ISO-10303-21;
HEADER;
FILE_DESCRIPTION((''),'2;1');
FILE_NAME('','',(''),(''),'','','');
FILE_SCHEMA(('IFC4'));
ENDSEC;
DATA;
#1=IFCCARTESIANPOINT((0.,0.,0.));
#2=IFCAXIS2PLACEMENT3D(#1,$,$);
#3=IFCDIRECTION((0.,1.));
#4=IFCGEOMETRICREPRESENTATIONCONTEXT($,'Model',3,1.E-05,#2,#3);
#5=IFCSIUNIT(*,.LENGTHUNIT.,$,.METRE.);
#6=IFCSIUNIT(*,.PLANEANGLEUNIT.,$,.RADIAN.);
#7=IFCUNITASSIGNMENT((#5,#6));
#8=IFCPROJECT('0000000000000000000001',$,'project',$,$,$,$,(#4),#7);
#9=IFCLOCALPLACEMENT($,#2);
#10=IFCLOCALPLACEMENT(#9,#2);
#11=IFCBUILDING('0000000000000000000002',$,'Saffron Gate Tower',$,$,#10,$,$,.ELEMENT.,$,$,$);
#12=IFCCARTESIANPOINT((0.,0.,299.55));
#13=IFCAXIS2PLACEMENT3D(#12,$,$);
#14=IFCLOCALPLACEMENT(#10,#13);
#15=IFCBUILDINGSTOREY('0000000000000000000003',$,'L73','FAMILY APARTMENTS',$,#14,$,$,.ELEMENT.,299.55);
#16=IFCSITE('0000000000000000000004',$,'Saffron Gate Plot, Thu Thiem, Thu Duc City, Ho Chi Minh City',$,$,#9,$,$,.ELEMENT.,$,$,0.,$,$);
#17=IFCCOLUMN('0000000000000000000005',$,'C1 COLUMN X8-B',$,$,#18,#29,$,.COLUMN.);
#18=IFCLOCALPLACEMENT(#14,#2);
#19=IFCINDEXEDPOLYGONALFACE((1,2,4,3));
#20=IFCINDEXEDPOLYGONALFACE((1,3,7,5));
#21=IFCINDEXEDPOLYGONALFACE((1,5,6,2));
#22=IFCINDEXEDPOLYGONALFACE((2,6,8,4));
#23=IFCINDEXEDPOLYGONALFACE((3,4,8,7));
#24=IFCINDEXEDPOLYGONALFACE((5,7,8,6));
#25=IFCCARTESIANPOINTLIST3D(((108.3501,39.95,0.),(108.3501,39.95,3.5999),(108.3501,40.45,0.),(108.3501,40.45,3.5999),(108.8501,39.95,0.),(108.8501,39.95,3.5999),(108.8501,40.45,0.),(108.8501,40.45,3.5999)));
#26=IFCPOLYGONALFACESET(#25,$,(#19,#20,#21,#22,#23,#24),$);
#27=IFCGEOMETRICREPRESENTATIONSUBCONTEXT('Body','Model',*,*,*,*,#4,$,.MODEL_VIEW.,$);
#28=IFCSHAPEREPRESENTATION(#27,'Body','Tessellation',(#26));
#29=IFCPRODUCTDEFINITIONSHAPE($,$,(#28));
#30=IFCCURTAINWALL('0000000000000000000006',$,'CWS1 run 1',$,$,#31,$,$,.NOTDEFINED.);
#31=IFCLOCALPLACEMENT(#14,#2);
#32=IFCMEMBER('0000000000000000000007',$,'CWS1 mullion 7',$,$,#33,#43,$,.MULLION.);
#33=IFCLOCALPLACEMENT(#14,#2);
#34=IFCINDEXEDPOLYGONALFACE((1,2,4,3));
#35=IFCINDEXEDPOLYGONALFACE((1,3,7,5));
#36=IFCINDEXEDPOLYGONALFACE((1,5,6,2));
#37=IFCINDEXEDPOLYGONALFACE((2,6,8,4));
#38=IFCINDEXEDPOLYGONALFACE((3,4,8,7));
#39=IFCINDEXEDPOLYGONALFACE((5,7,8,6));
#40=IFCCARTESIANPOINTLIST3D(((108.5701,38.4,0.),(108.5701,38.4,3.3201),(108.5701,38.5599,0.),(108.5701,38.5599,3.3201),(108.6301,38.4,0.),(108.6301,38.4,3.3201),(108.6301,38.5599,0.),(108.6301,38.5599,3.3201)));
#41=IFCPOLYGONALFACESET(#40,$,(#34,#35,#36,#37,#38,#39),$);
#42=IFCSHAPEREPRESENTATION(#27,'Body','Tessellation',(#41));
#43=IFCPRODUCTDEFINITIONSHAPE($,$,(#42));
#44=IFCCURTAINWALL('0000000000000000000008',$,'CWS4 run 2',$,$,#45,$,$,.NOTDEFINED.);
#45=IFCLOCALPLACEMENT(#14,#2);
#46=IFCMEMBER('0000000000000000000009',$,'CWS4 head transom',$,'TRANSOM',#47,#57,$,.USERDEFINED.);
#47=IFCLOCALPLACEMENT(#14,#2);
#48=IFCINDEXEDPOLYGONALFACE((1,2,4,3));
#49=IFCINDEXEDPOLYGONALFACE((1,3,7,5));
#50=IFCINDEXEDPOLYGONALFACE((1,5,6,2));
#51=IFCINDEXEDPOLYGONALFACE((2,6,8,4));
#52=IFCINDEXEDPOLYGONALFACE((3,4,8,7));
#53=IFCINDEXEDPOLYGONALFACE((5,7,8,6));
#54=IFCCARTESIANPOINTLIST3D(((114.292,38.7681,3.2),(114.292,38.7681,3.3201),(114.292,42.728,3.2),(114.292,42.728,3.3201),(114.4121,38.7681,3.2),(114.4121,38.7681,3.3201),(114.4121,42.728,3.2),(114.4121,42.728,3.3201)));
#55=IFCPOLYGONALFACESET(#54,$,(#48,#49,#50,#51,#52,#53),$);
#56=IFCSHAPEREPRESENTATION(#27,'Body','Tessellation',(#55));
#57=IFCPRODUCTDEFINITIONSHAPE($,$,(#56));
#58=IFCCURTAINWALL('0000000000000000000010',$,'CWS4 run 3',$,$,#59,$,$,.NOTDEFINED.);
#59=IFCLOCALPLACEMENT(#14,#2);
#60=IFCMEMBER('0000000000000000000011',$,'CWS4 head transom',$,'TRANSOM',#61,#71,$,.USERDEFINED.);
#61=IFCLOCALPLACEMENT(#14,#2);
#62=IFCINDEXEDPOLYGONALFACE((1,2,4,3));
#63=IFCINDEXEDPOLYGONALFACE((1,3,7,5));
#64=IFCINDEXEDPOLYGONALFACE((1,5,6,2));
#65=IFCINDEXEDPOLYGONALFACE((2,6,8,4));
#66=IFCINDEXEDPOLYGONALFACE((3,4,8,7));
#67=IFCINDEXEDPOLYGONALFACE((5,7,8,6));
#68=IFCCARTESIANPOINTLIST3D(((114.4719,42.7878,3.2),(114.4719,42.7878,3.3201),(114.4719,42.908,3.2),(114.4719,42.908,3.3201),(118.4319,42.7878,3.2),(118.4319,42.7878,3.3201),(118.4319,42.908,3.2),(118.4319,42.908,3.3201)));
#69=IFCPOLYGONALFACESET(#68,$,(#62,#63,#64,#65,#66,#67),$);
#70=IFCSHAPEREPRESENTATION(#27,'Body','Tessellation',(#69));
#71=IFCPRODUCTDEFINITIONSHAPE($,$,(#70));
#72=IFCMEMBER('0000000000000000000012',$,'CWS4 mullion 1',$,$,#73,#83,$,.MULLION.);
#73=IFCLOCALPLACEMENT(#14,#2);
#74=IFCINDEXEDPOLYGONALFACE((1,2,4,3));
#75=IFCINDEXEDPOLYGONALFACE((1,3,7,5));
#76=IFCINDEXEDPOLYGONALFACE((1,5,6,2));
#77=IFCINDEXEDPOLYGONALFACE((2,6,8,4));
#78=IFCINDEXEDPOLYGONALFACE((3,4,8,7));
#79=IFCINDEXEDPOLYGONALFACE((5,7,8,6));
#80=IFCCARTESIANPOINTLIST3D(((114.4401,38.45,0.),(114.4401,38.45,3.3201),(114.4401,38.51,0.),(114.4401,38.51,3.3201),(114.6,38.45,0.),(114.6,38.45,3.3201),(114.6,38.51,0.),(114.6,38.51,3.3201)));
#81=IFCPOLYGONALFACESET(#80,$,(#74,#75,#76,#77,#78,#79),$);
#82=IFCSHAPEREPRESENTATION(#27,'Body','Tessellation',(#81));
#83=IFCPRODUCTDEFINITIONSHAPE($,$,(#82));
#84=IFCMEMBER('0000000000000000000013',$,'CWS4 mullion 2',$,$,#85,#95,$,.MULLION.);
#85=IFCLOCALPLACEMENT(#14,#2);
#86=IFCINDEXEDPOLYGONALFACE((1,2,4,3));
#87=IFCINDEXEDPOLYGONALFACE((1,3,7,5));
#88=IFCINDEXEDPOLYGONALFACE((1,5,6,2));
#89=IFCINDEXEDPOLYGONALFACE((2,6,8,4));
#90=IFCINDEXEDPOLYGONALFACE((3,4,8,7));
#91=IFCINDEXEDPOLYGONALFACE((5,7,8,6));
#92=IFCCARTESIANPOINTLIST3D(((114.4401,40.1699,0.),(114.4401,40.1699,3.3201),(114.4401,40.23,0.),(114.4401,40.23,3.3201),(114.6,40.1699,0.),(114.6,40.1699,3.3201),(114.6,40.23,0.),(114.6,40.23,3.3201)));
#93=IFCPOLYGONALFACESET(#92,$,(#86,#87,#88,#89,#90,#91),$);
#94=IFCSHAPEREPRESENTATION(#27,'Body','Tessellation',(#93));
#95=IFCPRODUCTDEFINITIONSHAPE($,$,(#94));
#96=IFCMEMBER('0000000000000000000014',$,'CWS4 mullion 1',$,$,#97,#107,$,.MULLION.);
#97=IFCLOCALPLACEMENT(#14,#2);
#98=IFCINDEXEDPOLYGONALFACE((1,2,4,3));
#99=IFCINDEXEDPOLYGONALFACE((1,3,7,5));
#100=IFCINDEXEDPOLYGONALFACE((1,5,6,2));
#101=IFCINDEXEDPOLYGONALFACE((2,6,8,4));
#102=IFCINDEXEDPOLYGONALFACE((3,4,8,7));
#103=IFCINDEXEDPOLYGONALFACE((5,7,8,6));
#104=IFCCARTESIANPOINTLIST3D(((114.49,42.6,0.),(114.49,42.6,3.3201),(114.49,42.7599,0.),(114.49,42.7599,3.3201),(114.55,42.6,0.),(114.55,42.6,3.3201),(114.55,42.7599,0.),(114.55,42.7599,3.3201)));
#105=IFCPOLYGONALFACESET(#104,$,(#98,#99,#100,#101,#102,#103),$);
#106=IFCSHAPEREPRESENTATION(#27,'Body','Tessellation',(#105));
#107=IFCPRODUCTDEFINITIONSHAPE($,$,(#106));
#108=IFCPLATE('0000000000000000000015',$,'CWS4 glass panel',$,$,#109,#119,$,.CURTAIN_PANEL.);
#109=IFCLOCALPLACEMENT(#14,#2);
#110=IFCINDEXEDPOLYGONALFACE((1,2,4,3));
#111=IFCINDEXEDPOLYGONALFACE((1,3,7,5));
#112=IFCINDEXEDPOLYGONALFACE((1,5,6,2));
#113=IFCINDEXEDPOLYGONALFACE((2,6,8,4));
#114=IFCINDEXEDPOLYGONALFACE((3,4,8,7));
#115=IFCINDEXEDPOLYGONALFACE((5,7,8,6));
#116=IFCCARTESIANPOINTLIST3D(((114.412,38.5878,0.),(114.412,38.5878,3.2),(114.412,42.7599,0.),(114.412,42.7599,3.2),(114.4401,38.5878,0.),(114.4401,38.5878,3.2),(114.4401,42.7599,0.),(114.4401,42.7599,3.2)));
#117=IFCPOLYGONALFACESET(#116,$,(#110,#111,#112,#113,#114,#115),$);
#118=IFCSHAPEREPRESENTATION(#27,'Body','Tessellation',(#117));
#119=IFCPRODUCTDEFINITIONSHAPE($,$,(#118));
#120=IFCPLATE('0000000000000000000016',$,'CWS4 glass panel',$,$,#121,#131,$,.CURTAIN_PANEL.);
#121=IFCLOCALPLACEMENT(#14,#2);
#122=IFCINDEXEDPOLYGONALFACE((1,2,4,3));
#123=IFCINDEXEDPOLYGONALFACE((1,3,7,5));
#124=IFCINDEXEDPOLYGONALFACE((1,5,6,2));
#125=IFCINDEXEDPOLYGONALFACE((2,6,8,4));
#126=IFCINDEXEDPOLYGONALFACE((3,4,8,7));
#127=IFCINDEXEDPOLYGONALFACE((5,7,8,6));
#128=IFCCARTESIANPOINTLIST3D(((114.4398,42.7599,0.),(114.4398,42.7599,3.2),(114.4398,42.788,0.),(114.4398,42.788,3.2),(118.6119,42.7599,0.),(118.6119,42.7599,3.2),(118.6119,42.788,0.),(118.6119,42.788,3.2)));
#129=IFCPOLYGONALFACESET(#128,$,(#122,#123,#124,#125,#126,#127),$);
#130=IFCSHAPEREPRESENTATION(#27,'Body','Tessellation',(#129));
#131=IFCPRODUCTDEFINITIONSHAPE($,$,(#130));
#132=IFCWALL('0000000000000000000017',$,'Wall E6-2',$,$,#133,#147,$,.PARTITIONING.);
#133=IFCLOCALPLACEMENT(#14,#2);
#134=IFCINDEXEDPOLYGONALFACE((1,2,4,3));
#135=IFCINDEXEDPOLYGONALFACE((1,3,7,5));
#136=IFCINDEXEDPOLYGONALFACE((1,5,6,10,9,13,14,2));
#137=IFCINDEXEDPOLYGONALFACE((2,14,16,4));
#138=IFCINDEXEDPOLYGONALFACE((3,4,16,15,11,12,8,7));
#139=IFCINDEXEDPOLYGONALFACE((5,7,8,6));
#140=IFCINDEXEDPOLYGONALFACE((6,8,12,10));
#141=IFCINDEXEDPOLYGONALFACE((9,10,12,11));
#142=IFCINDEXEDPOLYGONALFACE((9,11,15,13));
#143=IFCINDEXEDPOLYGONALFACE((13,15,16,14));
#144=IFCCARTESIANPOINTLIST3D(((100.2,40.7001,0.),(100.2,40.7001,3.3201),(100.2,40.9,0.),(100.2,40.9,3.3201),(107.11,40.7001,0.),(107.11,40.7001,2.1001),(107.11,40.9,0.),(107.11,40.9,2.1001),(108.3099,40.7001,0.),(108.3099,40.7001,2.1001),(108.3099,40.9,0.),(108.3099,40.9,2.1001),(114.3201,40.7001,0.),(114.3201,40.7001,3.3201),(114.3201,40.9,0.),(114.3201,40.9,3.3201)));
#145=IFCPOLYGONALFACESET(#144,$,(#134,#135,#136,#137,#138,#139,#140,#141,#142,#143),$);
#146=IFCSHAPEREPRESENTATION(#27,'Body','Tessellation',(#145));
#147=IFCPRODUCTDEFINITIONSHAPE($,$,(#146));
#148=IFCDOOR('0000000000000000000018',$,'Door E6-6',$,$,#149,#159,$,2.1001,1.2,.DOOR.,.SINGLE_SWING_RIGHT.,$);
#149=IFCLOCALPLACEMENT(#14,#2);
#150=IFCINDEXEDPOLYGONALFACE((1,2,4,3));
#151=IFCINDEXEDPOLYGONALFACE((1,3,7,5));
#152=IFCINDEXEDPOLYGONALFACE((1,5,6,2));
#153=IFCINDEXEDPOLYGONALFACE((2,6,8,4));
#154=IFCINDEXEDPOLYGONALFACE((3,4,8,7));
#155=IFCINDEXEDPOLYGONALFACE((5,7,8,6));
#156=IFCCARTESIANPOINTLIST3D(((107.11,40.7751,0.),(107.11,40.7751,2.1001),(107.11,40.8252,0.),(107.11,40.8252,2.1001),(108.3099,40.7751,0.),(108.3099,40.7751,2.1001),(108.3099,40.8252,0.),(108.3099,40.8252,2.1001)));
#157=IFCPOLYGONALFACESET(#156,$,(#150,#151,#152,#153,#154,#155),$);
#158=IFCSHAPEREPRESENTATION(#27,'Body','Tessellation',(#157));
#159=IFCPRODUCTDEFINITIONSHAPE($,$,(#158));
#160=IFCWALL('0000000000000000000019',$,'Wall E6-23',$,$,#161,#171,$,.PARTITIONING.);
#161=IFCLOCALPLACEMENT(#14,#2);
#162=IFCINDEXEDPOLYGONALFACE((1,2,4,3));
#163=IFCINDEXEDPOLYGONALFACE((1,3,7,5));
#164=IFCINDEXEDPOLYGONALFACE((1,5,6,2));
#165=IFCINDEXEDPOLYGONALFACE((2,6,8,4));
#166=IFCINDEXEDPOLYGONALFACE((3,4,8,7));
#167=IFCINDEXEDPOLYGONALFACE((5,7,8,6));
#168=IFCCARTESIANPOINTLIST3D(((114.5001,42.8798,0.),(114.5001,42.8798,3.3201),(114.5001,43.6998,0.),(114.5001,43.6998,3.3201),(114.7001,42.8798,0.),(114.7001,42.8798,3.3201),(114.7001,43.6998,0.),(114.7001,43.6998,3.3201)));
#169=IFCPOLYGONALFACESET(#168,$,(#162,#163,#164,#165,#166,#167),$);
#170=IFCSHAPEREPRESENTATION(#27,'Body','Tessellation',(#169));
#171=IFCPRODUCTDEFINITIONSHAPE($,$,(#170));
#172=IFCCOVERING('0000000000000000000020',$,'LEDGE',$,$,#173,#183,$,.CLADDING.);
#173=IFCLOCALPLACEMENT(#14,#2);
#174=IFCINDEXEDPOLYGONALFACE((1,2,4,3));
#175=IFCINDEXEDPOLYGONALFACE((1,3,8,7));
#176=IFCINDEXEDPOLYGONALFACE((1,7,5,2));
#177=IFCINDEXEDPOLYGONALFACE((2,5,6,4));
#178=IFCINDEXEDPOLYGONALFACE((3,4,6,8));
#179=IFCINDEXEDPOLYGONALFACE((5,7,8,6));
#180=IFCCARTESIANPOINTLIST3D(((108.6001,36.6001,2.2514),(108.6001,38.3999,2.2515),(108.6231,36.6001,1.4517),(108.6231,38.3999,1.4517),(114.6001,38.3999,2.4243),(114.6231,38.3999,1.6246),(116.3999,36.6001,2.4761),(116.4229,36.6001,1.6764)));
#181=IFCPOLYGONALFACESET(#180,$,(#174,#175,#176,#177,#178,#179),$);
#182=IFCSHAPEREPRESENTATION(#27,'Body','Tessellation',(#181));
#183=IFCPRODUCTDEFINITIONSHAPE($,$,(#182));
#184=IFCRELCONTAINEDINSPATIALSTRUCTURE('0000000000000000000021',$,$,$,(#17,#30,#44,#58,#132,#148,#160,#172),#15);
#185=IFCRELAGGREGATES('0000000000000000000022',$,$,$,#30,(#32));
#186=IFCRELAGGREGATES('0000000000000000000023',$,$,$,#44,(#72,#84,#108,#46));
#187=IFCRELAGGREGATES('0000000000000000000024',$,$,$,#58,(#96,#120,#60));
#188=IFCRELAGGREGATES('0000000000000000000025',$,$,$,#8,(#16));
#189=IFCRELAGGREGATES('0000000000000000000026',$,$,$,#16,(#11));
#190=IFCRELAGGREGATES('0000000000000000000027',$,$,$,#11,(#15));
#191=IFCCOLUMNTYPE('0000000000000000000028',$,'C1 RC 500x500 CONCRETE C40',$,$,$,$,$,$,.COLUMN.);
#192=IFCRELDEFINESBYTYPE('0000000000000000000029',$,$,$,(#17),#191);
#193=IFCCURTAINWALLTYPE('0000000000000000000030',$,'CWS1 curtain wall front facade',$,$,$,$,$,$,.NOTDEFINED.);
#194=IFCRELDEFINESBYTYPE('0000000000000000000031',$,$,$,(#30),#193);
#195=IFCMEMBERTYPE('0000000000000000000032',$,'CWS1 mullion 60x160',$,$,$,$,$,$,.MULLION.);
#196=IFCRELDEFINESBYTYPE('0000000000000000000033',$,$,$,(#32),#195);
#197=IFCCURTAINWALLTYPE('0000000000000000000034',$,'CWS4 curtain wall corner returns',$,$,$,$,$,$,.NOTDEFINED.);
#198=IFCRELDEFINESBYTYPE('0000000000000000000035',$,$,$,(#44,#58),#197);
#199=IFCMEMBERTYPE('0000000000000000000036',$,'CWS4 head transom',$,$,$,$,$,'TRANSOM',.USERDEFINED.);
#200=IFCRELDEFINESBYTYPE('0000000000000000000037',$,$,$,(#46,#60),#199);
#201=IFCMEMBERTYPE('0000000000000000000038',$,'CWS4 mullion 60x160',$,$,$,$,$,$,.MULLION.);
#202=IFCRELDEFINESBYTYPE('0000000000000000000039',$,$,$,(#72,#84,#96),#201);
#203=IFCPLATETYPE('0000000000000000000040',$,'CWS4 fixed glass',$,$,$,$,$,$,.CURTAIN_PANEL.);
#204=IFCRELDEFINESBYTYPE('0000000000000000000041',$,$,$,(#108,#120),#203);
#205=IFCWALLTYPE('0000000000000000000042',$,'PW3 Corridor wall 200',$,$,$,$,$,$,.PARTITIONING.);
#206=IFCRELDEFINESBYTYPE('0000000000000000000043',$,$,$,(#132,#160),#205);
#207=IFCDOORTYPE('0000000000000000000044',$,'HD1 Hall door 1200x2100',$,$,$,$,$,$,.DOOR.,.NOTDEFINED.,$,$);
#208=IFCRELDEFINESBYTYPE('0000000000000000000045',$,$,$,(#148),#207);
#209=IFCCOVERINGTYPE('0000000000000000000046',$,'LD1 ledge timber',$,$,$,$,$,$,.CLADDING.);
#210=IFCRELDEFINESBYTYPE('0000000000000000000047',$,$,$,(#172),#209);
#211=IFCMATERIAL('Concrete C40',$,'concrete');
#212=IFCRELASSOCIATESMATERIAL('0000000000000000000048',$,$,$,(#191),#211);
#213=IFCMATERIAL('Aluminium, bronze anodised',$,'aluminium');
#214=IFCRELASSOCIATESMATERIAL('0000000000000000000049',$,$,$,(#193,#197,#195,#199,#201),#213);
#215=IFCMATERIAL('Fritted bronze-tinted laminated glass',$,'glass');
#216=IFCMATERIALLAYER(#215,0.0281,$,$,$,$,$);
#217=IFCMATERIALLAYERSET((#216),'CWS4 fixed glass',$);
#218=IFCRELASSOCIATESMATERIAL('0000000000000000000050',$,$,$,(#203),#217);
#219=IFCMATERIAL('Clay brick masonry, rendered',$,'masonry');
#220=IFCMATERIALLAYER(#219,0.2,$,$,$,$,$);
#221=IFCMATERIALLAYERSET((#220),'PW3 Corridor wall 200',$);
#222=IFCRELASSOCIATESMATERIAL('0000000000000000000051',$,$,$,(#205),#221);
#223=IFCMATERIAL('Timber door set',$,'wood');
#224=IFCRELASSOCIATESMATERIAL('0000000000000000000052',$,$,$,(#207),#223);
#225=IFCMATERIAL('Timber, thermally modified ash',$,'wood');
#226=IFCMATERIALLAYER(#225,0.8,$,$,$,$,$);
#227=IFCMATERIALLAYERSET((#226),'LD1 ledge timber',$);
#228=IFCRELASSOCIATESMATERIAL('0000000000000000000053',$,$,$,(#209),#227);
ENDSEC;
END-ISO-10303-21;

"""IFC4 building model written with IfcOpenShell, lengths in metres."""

from ifc_helpers import new_model, si_unit, direction, frame, frame_2d, origin, origin_2d, place, context, subcontext, project, spatial, polyline, rectangle, outline, extrude, material, layer, layer_set, material_profile, profile_set, type_object, element, fill, aggregate, save


model = new_model("IFC4")

# Units and contexts
model_context = context("Model", 3, precision=1e-05, world=origin(), true_north=direction((0.0, 1.0)))
body_context = subcontext(model_context, "Body", "Model", "MODEL_VIEW")
ifc_project = project(units=[si_unit("LENGTHUNIT", "METRE"), si_unit("PLANEANGLEUNIT", "RADIAN")], contexts=[model_context])

# Site, building, storey
site_placement = place(None, origin())
site = spatial("IfcSite", under=ifc_project, at=site_placement, Name="Saffron Gate Plot, Thu Thiem, Thu Duc City, Ho Chi Minh City", CompositionType="ELEMENT", RefElevation=0.0)
building_placement = place(site_placement, origin())
building = spatial("IfcBuilding", under=site, at=building_placement, Name="Saffron Gate Tower", CompositionType="ELEMENT")
storey_placement = place(building_placement, frame((0.0, 0.0, 299.55)))
storey = spatial("IfcBuildingStorey", under=building, at=storey_placement, Name="L73", Description="FAMILY APARTMENTS", CompositionType="ELEMENT", Elevation=299.55)

# Column
ifc_material_1 = material(Name="Concrete C40", Category="concrete")
ifc_material_profile_1 = material_profile(ifc_material_1, rectangle(XDim=0.5, YDim=0.5, at=origin_2d()))
ifc_profile_set_1 = profile_set([ifc_material_profile_1], Name="Concrete C40")
column_type = type_object("IfcColumnType", Name="C1 RC 500x500 CONCRETE C40", PredefinedType="COLUMN", material=ifc_profile_set_1)
column_placement = place(storey_placement, frame((108.6001, 40.2, 0.0), z_axis=(0.0, 0.0, 1.0), x_axis=(1.0, 0.0, 0.0)))
element("IfcColumn", 1, at=column_placement, inside=storey, type_object=column_type, Name="C1 COLUMN X8-B", PredefinedType="COLUMN", context=body_context, shape_type="SweptSolid", body=[
    extrude(rectangle(XDim=0.5, YDim=0.5, at=origin_2d()), origin(), (0.0, 0.0, 1.0), 3.5999),
])

# Curtain walls, members
ifc_material_2 = material(Name="Aluminium, bronze anodised", Category="aluminium")
curtain_wall_type_1 = type_object("IfcCurtainWallType", Name="CWS1 curtain wall front facade", PredefinedType="NOTDEFINED", material=ifc_material_2)
curtain_wall_1_placement = place(storey_placement, origin())
curtain_wall_1 = element("IfcCurtainWall", 2, at=curtain_wall_1_placement, inside=storey, type_object=curtain_wall_type_1, Name="CWS1 run 1", PredefinedType="NOTDEFINED")
ifc_material_profile_2 = material_profile(ifc_material_2, rectangle(XDim=0.1599, YDim=0.0601, at=origin_2d()))
ifc_profile_set_2 = profile_set([ifc_material_profile_2], Name="Aluminium, bronze anodised")
member_type_1 = type_object("IfcMemberType", Name="CWS1 mullion 60x160", PredefinedType="MULLION", material=ifc_profile_set_2)
member_1_placement = place(storey_placement, frame((108.6001, 38.48, 0.0), z_axis=(0.0, 0.0, 1.0), x_axis=(0.0, 1.0, 0.0)))
member_1 = element("IfcMember", 3, at=member_1_placement, type_object=member_type_1, Name="CWS1 mullion 7", PredefinedType="MULLION", context=body_context, shape_type="SweptSolid", body=[
    extrude(rectangle(XDim=0.1599, YDim=0.0601, at=origin_2d()), origin(), (0.0, 0.0, 1.0), 3.3201),
])
aggregate(curtain_wall_1, [member_1])
curtain_wall_type_2 = type_object("IfcCurtainWallType", Name="CWS4 curtain wall corner returns", PredefinedType="NOTDEFINED", material=ifc_material_2)
curtain_wall_2_placement = place(storey_placement, origin())
curtain_wall_2 = element("IfcCurtainWall", 4, at=curtain_wall_2_placement, inside=storey, type_object=curtain_wall_type_2, Name="CWS4 run 2", PredefinedType="NOTDEFINED")
ifc_material_profile_3 = material_profile(ifc_material_2, rectangle(XDim=0.1201, YDim=0.1201, at=origin_2d()))
ifc_profile_set_3 = profile_set([ifc_material_profile_3], Name="Aluminium, bronze anodised")
member_type_2 = type_object("IfcMemberType", Name="CWS4 head transom", ElementType="TRANSOM", PredefinedType="USERDEFINED", material=ifc_profile_set_3)
member_2_placement = place(storey_placement, frame((114.3521, 38.7681, 3.26), z_axis=(0.0, 1.0, 0.0), x_axis=(-1.0, 0.0, 0.0)))
member_2 = element("IfcMember", 5, at=member_2_placement, type_object=member_type_2, Name="CWS4 head transom", ObjectType="TRANSOM", PredefinedType="USERDEFINED", context=body_context, shape_type="SweptSolid", body=[
    extrude(rectangle(XDim=0.1201, YDim=0.1201, at=origin_2d()), origin(), (0.0, 0.0, 1.0), 3.96),
])
curtain_wall_3_placement = place(storey_placement, origin())
curtain_wall_3 = element("IfcCurtainWall", 6, at=curtain_wall_3_placement, inside=storey, type_object=curtain_wall_type_2, Name="CWS4 run 3", PredefinedType="NOTDEFINED")
member_3_placement = place(storey_placement, frame((114.4719, 42.8479, 3.26), z_axis=(1.0, 0.0, 0.0), x_axis=(0.0, 1.0, 0.0)))
member_3 = element("IfcMember", 7, at=member_3_placement, type_object=member_type_2, Name="CWS4 head transom", ObjectType="TRANSOM", PredefinedType="USERDEFINED", context=body_context, shape_type="SweptSolid", body=[
    extrude(rectangle(XDim=0.1201, YDim=0.1201, at=origin_2d()), origin(), (0.0, 0.0, 1.0), 3.96),
])

# Members
ifc_material_profile_4 = material_profile(ifc_material_2, rectangle(XDim=0.1599, YDim=0.0601, at=origin_2d()))
ifc_profile_set_4 = profile_set([ifc_material_profile_4], Name="Aluminium, bronze anodised")
member_type_3 = type_object("IfcMemberType", Name="CWS4 mullion 60x160", PredefinedType="MULLION", material=ifc_profile_set_4)
member_4_placement = place(storey_placement, frame((114.52, 38.48, 0.0), z_axis=(0.0, 0.0, 1.0), x_axis=(-1.0, 0.0, 0.0)))
member_4 = element("IfcMember", 8, at=member_4_placement, type_object=member_type_3, Name="CWS4 mullion 1", PredefinedType="MULLION", context=body_context, shape_type="SweptSolid", body=[
    extrude(rectangle(XDim=0.1599, YDim=0.0601, at=origin_2d()), origin(), (0.0, 0.0, 1.0), 3.3201),
])
member_5_placement = place(storey_placement, frame((114.52, 40.2, 0.0), z_axis=(0.0, 0.0, 1.0), x_axis=(-1.0, 0.0, 0.0)))
member_5 = element("IfcMember", 9, at=member_5_placement, type_object=member_type_3, Name="CWS4 mullion 2", PredefinedType="MULLION", context=body_context, shape_type="SweptSolid", body=[
    extrude(rectangle(XDim=0.1599, YDim=0.0601, at=origin_2d()), origin(), (0.0, 0.0, 1.0), 3.3201),
])
member_6_placement = place(storey_placement, frame((114.52, 42.6799, 0.0), z_axis=(0.0, 0.0, 1.0), x_axis=(0.0, 1.0, 0.0)))
member_6 = element("IfcMember", 10, at=member_6_placement, type_object=member_type_3, Name="CWS4 mullion 1", PredefinedType="MULLION", context=body_context, shape_type="SweptSolid", body=[
    extrude(rectangle(XDim=0.1599, YDim=0.0601, at=origin_2d()), origin(), (0.0, 0.0, 1.0), 3.3201),
])

# Plates
ifc_material_3 = material(Name="Fritted bronze-tinted laminated glass", Category="glass")
ifc_layer_1 = layer(ifc_material_3, 0.0281)
ifc_layer_set_1 = layer_set([ifc_layer_1], Name="CWS4 fixed glass")
plate_type = type_object("IfcPlateType", Name="CWS4 fixed glass", PredefinedType="CURTAIN_PANEL", material=ifc_layer_set_1)
plate_1_placement = place(storey_placement, frame((114.426, 38.5879, 0.0), z_axis=(0.0, 0.0, 1.0), x_axis=(0.0, 1.0, 0.0)))
plate_1 = element("IfcPlate", 11, at=plate_1_placement, type_object=plate_type, Name="CWS4 glass panel", PredefinedType="CURTAIN_PANEL", context=body_context, shape_type="SweptSolid", body=[
    extrude(rectangle(XDim=4.1721, YDim=0.0281, at=frame_2d((2.0859, 0.0))), origin(), (0.0, 0.0, 1.0), 3.2),
])
aggregate(curtain_wall_2, [member_4, member_5, plate_1, member_2])
plate_2_placement = place(storey_placement, frame((114.4399, 42.7739, 0.0), z_axis=(0.0, 0.0, 1.0), x_axis=(1.0, 0.0, 0.0)))
plate_2 = element("IfcPlate", 12, at=plate_2_placement, type_object=plate_type, Name="CWS4 glass panel", PredefinedType="CURTAIN_PANEL", context=body_context, shape_type="SweptSolid", body=[
    extrude(rectangle(XDim=4.1721, YDim=0.0281, at=frame_2d((2.0859, 0.0))), origin(), (0.0, 0.0, 1.0), 3.2),
])
aggregate(curtain_wall_3, [member_6, plate_2, member_3])

# Wall, opening, door
ifc_material_4 = material(Name="Clay brick masonry, rendered", Category="masonry")
ifc_layer_2 = layer(ifc_material_4, 0.2)
ifc_layer_set_2 = layer_set([ifc_layer_2], Name="PW3 Corridor wall 200")
wall_type = type_object("IfcWallType", Name="PW3 Corridor wall 200", PredefinedType="PARTITIONING", material=ifc_layer_set_2)
wall_1_placement = place(storey_placement, frame((114.3201, 40.8, 0.0), z_axis=(0.0, 0.0, 1.0), x_axis=(-1.0, 0.0, 0.0)))
wall_1 = element("IfcWall", 13, at=wall_1_placement, inside=storey, type_object=wall_type, Name="Wall E6-2", PredefinedType="PARTITIONING", context=body_context, shape_type="SweptSolid", body=[
    extrude(rectangle(XDim=14.1201, YDim=0.2, at=frame_2d((7.0601, 0.0))), origin(), (0.0, 0.0, 1.0), 3.3201),
])
opening_placement = place(wall_1_placement, frame((6.01, 0.0, 0.0)))
opening = element("IfcOpeningElement", 14, at=opening_placement, cuts=wall_1, PredefinedType="OPENING", context=body_context, shape_type="SweptSolid", body=[
    extrude(rectangle(XDim=1.2, YDim=2.1001, at=frame_2d((0.6001, 1.05))), frame((0.0, 0.1099, 0.0), z_axis=(0.0, -1.0, 0.0), x_axis=(1.0, 0.0, 0.0)), (0.0, 0.0, 1.0), 0.22),
])
ifc_material_5 = material(Name="Timber door set", Category="wood")
door_type = type_object("IfcDoorType", Name="HD1 Hall door 1200x2100", OperationType="NOTDEFINED", PredefinedType="DOOR", material=ifc_material_5)
door_placement = place(opening_placement, origin())
door = element("IfcDoor", 15, at=door_placement, inside=storey, type_object=door_type, Name="Door E6-6", OperationType="SINGLE_SWING_RIGHT", OverallHeight=2.1001, OverallWidth=1.2, PredefinedType="DOOR", context=body_context, shape_type="SweptSolid", body=[
    extrude(rectangle(XDim=1.2, YDim=2.1001, at=frame_2d((0.6001, 1.05))), frame((0.0, 0.0249, 0.0), z_axis=(0.0, -1.0, 0.0), x_axis=(1.0, 0.0, 0.0)), (0.0, 0.0, 1.0), 0.05),
])
fill(opening, door)

# Wall
wall_2_placement = place(storey_placement, frame((114.6001, 43.7, 0.0), z_axis=(0.0, 0.0, 1.0), x_axis=(0.0, -1.0, 0.0)))
element("IfcWall", 16, at=wall_2_placement, inside=storey, type_object=wall_type, Name="Wall E6-23", PredefinedType="PARTITIONING", context=body_context, shape_type="SweptSolid", body=[
    extrude(rectangle(XDim=0.8201, YDim=0.2, at=frame_2d((0.4102, 0.0))), origin(), (0.0, 0.0, 1.0), 3.3201),
])

# Covering
ifc_material_6 = material(Name="Timber, thermally modified ash", Category="wood")
ifc_layer_3 = layer(ifc_material_6, 0.8)
ifc_layer_set_3 = layer_set([ifc_layer_3], Name="LD1 ledge timber")
covering_type_1 = type_object("IfcCoveringType", Name="LD1 ledge timber", PredefinedType="CLADDING", material=ifc_layer_set_3)
covering_1_placement = place(storey_placement, frame((108.6001, 38.3999, 2.2515), z_axis=(-0.02879, -0.000022, 0.999585), x_axis=(0.999585, 0.0, 0.02879)))
element("IfcCovering", 17, at=covering_1_placement, inside=storey, type_object=covering_type_1, Name="LEDGE", PredefinedType="CLADDING", context=body_context, shape_type="SweptSolid", body=[
    extrude(outline(polyline([(0.0, 0.0), (6.0025, 0.0), (7.803, -1.7998), (0.0, -1.7998), (0.0, 0.0)])), origin(), (0.0, 0.0, -1.0), 0.8),
])

save(model, "model.ifc")
